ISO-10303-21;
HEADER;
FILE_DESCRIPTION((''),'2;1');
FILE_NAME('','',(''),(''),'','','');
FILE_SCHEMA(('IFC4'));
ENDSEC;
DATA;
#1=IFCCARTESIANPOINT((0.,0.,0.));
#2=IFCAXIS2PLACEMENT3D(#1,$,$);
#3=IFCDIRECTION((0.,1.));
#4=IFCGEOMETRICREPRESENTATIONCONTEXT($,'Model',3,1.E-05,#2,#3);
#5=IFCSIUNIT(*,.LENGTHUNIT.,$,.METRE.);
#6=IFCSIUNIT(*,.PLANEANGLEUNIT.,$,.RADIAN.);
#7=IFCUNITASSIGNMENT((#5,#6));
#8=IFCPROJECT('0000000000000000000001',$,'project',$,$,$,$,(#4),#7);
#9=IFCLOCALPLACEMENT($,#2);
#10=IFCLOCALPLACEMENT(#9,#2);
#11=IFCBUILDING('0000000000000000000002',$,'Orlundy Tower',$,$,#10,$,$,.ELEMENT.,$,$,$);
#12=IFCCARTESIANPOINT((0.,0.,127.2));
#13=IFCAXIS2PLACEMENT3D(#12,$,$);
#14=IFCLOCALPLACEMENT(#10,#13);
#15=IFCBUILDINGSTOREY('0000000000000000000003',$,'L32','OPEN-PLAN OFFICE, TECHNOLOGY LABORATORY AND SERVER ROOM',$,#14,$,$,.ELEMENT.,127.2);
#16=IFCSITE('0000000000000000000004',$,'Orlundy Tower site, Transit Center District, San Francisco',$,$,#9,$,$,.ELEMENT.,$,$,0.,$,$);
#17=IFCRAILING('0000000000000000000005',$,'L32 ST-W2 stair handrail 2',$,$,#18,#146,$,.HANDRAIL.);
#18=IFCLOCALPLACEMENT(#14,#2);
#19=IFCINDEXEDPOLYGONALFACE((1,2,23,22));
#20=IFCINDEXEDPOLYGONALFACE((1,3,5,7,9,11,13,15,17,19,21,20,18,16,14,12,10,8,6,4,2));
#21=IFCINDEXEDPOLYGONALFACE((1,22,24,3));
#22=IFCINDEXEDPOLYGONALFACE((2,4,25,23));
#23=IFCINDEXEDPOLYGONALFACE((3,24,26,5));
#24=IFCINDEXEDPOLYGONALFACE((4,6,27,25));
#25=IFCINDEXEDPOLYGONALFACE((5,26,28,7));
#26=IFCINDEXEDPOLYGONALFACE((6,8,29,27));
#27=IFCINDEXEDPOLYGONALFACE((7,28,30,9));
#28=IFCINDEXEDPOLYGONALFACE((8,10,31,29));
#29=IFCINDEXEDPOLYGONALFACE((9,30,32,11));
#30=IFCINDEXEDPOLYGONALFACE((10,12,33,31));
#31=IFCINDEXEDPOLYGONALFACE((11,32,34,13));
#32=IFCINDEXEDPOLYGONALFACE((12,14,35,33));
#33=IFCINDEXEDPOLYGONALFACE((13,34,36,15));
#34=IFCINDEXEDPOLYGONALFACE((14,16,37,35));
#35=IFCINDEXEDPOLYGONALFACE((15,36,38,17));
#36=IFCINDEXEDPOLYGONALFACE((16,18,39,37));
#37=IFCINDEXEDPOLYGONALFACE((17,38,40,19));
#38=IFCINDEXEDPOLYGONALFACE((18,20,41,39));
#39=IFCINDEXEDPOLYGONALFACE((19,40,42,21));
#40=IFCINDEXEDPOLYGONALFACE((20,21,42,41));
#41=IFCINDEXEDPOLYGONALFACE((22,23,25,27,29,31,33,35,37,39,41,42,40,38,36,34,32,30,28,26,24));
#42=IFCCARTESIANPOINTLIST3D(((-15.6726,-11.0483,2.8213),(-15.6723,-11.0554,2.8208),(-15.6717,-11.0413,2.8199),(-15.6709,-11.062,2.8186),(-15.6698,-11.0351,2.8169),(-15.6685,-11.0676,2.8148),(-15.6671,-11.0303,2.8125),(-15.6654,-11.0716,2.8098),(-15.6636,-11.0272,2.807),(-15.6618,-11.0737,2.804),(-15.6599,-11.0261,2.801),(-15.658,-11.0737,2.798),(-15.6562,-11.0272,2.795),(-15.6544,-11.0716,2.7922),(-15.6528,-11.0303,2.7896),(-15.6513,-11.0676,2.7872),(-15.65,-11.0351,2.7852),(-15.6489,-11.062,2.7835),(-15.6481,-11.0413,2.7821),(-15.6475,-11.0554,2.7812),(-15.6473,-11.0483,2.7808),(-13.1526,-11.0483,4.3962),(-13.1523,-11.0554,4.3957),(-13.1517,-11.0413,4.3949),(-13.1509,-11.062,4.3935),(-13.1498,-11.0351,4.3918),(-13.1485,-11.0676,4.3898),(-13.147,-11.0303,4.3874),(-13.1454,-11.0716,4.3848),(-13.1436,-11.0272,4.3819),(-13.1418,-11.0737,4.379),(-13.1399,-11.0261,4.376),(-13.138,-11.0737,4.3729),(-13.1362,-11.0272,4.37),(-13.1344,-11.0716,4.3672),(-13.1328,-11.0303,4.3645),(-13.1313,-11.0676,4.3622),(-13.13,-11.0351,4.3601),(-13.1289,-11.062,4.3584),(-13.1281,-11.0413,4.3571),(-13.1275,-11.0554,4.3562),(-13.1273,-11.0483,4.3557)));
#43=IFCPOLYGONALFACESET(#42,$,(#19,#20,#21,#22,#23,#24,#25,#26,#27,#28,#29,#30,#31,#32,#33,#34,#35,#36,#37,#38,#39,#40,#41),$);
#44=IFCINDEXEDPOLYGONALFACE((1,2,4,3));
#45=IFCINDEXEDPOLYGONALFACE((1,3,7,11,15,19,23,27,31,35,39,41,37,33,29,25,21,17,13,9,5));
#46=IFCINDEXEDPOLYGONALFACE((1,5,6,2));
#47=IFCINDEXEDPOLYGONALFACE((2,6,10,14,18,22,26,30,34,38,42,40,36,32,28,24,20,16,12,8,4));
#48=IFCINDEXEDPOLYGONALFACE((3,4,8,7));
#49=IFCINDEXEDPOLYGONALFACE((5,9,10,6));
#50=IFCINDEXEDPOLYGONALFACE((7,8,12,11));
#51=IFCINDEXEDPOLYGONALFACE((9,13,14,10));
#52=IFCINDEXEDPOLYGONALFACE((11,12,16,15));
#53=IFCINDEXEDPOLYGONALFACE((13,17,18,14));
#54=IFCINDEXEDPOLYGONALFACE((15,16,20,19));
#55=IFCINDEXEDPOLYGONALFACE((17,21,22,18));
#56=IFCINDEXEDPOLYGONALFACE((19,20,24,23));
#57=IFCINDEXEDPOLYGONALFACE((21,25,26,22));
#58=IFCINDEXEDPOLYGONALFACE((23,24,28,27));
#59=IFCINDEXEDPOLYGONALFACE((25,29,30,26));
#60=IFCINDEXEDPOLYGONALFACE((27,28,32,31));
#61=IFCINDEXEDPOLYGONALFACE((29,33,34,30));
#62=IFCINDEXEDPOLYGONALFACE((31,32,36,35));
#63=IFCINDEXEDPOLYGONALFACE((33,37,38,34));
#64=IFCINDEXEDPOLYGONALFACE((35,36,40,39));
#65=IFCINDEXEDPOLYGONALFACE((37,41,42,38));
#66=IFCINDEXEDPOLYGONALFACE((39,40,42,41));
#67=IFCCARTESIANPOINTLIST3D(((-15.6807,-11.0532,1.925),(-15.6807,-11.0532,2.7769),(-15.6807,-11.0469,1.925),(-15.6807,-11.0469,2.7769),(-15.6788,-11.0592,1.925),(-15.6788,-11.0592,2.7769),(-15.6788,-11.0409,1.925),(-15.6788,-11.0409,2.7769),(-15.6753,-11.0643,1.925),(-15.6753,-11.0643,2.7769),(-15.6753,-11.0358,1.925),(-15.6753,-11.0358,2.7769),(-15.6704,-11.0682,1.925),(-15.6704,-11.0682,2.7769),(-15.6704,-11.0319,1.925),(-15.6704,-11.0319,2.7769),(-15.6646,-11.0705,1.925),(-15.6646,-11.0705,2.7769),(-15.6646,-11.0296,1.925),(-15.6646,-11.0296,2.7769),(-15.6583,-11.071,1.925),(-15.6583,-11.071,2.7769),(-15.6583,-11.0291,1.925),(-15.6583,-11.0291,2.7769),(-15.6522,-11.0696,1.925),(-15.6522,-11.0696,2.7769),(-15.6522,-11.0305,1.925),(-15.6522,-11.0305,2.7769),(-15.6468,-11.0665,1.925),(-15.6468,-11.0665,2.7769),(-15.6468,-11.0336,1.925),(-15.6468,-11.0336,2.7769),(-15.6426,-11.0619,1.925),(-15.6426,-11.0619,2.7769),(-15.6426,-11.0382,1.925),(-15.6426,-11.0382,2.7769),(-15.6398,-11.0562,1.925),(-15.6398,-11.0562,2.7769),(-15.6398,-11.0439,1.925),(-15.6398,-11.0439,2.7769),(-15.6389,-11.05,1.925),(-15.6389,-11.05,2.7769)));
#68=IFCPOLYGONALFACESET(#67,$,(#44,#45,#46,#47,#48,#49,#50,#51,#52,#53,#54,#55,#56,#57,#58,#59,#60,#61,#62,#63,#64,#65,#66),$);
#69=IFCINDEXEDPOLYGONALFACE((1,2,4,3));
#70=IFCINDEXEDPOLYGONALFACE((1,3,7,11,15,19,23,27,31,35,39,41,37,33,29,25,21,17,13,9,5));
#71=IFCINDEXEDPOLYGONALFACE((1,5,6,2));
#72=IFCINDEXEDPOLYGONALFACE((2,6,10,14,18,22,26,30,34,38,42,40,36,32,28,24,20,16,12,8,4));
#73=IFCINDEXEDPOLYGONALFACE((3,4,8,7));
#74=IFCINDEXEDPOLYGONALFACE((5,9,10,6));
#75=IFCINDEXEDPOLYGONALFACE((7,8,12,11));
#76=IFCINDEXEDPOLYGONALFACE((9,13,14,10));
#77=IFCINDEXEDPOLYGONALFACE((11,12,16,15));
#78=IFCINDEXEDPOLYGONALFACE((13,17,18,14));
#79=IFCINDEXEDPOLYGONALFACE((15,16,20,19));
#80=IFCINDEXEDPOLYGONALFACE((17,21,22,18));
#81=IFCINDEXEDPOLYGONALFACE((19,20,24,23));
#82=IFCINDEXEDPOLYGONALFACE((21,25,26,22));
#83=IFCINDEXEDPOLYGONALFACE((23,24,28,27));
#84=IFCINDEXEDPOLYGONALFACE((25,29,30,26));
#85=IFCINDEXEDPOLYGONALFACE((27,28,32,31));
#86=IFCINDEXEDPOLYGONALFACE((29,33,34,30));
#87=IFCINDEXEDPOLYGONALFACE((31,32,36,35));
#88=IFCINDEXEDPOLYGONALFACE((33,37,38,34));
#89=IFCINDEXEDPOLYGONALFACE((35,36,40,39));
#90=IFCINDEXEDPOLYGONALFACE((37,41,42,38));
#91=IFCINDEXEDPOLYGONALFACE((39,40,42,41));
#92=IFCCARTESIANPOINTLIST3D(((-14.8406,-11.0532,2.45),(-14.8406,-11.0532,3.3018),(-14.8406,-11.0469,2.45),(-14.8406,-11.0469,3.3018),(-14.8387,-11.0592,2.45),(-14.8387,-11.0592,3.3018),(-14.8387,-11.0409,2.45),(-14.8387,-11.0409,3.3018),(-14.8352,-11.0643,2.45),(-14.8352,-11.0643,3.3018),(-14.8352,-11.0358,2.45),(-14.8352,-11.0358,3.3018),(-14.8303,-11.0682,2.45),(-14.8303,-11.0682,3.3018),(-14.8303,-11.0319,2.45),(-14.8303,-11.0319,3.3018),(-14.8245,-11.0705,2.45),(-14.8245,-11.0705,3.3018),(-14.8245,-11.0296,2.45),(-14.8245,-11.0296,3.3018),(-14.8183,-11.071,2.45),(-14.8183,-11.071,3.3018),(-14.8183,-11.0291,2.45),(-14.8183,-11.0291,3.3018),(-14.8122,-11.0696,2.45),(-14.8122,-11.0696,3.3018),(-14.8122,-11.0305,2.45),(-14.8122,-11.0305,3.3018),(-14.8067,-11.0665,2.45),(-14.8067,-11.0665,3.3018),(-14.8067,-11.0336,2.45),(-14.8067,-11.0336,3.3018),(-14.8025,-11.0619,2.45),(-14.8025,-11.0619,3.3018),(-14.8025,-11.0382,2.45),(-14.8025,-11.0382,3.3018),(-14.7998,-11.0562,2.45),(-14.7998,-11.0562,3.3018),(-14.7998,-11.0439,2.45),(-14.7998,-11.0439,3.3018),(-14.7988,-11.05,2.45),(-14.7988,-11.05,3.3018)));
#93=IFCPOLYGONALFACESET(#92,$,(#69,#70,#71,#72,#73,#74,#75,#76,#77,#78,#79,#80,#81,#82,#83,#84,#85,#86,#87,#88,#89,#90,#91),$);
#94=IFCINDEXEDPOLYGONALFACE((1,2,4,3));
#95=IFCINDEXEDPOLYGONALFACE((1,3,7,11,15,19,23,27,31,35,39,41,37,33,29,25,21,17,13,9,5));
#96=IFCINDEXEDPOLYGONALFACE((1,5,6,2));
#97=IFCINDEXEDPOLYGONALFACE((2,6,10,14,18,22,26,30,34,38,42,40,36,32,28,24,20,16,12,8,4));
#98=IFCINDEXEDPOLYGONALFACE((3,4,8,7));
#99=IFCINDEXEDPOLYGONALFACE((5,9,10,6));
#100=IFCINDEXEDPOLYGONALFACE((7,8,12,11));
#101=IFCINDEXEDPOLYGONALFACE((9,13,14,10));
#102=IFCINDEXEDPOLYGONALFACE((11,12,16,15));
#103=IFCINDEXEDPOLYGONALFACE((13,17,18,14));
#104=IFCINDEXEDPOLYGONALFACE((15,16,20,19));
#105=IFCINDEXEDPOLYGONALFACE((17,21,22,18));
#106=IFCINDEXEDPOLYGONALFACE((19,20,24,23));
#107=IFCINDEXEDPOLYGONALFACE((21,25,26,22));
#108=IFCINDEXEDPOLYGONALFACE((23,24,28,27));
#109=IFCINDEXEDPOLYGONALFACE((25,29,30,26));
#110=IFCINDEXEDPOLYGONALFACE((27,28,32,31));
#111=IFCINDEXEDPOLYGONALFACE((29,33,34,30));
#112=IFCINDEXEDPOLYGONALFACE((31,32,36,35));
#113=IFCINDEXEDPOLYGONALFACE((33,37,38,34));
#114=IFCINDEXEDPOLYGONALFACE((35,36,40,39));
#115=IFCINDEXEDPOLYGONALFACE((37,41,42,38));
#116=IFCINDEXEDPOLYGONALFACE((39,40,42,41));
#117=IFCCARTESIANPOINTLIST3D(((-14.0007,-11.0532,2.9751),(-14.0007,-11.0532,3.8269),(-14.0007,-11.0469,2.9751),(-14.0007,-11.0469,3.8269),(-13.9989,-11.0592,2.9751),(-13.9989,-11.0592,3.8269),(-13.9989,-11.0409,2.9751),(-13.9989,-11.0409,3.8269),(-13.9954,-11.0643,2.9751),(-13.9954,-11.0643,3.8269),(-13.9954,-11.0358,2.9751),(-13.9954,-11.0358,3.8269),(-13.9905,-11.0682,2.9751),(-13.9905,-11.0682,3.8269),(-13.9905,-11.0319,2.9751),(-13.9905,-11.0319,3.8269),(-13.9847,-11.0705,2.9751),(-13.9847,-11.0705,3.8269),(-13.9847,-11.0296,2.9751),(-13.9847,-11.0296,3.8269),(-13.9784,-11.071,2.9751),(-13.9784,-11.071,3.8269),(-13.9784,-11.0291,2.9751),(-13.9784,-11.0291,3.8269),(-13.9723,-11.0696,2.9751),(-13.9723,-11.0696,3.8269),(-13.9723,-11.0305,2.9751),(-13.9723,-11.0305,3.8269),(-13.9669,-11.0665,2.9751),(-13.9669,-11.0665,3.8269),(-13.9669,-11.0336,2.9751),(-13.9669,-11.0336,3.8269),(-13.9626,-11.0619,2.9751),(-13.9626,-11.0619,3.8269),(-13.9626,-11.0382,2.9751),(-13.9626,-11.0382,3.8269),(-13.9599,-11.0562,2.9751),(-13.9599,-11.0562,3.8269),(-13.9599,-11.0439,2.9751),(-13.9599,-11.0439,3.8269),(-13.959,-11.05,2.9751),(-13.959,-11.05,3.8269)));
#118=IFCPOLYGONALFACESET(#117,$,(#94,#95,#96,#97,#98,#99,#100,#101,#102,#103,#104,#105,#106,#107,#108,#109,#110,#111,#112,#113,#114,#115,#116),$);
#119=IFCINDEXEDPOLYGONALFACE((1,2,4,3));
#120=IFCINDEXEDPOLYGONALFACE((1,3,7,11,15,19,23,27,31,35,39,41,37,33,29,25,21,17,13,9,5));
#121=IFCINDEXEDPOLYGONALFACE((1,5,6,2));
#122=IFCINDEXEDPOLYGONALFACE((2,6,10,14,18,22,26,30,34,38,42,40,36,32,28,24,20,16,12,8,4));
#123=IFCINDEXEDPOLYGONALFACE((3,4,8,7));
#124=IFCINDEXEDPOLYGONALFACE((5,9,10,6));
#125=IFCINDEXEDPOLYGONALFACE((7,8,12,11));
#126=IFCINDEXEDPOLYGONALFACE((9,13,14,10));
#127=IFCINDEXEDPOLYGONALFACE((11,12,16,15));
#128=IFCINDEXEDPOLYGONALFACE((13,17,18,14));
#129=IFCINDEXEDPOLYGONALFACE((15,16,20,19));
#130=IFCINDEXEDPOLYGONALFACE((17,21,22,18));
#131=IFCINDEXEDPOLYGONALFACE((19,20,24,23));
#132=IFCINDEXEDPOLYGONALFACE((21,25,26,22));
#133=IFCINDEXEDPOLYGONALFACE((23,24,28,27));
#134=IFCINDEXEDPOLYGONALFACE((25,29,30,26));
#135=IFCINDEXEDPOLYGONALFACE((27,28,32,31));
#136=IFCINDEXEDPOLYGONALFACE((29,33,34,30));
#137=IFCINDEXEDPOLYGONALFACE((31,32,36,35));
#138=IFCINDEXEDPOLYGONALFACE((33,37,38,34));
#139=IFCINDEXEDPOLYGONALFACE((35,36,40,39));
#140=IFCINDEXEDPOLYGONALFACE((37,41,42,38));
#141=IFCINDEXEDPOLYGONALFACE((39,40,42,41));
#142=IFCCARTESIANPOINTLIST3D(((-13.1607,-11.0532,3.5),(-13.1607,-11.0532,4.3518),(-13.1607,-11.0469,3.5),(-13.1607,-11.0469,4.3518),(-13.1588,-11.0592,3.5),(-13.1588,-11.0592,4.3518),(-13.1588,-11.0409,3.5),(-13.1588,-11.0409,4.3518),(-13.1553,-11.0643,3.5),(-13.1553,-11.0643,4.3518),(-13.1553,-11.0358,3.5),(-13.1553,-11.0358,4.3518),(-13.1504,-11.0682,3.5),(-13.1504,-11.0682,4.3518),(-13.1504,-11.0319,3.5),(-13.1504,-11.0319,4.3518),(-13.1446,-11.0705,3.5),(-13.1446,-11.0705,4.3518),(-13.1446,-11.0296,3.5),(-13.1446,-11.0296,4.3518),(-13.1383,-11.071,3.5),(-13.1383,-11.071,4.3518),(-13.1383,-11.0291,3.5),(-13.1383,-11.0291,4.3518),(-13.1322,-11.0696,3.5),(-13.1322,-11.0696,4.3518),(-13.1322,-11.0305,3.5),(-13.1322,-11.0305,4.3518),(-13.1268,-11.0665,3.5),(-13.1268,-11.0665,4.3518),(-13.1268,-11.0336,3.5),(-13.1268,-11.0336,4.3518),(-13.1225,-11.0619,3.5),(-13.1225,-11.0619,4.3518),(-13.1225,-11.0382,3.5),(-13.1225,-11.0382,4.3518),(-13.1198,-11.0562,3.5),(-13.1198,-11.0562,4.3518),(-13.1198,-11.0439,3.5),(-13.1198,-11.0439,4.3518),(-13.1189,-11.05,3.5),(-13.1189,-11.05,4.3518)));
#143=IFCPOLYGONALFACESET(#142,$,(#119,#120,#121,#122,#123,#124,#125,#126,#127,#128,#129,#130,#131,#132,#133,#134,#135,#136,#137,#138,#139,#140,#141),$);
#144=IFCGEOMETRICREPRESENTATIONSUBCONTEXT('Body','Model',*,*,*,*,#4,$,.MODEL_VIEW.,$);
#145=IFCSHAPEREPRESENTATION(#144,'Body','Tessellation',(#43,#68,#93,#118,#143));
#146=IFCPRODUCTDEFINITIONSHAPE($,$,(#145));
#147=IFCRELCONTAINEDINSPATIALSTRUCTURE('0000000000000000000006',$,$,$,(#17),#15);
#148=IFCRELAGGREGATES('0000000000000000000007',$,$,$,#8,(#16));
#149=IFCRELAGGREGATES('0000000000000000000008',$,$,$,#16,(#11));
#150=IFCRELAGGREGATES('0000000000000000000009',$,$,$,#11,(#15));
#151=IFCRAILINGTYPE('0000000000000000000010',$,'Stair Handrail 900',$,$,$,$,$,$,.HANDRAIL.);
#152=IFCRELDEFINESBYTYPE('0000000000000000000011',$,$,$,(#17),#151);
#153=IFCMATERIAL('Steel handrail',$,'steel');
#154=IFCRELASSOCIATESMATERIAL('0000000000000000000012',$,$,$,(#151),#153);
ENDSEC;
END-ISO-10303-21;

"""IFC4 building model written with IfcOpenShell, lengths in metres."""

from ifc_helpers import new_model, si_unit, direction, frame, origin, origin_2d, place, context, subcontext, project, spatial, circle, extrude, material, type_object, element, save


model = new_model("IFC4")

# Units and contexts
model_context = context("Model", 3, precision=1e-05, world=origin(), true_north=direction((0.0, 1.0)))
body_context = subcontext(model_context, "Body", "Model", "MODEL_VIEW")
ifc_project = project(units=[si_unit("LENGTHUNIT", "METRE"), si_unit("PLANEANGLEUNIT", "RADIAN")], contexts=[model_context])

# Site, building, storey
site_placement = place(None, origin())
site = spatial("IfcSite", under=ifc_project, at=site_placement, Name="Orlundy Tower site, Transit Center District, San Francisco", CompositionType="ELEMENT", RefElevation=0.0)
building_placement = place(site_placement, origin())
building = spatial("IfcBuilding", under=site, at=building_placement, Name="Orlundy Tower", CompositionType="ELEMENT")
storey_placement = place(building_placement, frame((0.0, 0.0, 127.2)))
storey = spatial("IfcBuildingStorey", under=building, at=storey_placement, Name="L32", Description="OPEN-PLAN OFFICE, TECHNOLOGY LABORATORY AND SERVER ROOM", CompositionType="ELEMENT", Elevation=127.2)

# Railing
ifc_material_1 = material(Name="Steel handrail", Category="steel")
railing_type = type_object("IfcRailingType", Name="Stair Handrail 900", PredefinedType="HANDRAIL", material=ifc_material_1)
railing_placement = place(storey_placement, frame((-15.6599, -11.05, 1.925)))
element("IfcRailing", 1, at=railing_placement, inside=storey, type_object=railing_type, Name="L32 ST-W2 stair handrail 2", PredefinedType="HANDRAIL", context=body_context, shape_type="SweptSolid", body=[
    extrude(circle(Radius=0.0239, at=origin_2d()), frame((0.0, 0.0, 0.876), z_axis=(0.848008, 0.0, 0.529984), x_axis=(0.0, 1.0, 0.0)), (0.0, 0.0, 1.0), 2.9717),
    extrude(circle(Radius=0.021, at=origin_2d()), origin(), (0.0, 0.0, 1.0), 0.8518),
    extrude(circle(Radius=0.021, at=origin_2d()), frame((0.8401, 0.0, 0.5249)), (0.0, 0.0, 1.0), 0.8518),
    extrude(circle(Radius=0.021, at=origin_2d()), frame((1.6799, 0.0, 1.05)), (0.0, 0.0, 1.0), 0.8518),
    extrude(circle(Radius=0.021, at=origin_2d()), frame((2.52, 0.0, 1.575)), (0.0, 0.0, 1.0), 0.8518),
])

save(model, "model.ifc")
